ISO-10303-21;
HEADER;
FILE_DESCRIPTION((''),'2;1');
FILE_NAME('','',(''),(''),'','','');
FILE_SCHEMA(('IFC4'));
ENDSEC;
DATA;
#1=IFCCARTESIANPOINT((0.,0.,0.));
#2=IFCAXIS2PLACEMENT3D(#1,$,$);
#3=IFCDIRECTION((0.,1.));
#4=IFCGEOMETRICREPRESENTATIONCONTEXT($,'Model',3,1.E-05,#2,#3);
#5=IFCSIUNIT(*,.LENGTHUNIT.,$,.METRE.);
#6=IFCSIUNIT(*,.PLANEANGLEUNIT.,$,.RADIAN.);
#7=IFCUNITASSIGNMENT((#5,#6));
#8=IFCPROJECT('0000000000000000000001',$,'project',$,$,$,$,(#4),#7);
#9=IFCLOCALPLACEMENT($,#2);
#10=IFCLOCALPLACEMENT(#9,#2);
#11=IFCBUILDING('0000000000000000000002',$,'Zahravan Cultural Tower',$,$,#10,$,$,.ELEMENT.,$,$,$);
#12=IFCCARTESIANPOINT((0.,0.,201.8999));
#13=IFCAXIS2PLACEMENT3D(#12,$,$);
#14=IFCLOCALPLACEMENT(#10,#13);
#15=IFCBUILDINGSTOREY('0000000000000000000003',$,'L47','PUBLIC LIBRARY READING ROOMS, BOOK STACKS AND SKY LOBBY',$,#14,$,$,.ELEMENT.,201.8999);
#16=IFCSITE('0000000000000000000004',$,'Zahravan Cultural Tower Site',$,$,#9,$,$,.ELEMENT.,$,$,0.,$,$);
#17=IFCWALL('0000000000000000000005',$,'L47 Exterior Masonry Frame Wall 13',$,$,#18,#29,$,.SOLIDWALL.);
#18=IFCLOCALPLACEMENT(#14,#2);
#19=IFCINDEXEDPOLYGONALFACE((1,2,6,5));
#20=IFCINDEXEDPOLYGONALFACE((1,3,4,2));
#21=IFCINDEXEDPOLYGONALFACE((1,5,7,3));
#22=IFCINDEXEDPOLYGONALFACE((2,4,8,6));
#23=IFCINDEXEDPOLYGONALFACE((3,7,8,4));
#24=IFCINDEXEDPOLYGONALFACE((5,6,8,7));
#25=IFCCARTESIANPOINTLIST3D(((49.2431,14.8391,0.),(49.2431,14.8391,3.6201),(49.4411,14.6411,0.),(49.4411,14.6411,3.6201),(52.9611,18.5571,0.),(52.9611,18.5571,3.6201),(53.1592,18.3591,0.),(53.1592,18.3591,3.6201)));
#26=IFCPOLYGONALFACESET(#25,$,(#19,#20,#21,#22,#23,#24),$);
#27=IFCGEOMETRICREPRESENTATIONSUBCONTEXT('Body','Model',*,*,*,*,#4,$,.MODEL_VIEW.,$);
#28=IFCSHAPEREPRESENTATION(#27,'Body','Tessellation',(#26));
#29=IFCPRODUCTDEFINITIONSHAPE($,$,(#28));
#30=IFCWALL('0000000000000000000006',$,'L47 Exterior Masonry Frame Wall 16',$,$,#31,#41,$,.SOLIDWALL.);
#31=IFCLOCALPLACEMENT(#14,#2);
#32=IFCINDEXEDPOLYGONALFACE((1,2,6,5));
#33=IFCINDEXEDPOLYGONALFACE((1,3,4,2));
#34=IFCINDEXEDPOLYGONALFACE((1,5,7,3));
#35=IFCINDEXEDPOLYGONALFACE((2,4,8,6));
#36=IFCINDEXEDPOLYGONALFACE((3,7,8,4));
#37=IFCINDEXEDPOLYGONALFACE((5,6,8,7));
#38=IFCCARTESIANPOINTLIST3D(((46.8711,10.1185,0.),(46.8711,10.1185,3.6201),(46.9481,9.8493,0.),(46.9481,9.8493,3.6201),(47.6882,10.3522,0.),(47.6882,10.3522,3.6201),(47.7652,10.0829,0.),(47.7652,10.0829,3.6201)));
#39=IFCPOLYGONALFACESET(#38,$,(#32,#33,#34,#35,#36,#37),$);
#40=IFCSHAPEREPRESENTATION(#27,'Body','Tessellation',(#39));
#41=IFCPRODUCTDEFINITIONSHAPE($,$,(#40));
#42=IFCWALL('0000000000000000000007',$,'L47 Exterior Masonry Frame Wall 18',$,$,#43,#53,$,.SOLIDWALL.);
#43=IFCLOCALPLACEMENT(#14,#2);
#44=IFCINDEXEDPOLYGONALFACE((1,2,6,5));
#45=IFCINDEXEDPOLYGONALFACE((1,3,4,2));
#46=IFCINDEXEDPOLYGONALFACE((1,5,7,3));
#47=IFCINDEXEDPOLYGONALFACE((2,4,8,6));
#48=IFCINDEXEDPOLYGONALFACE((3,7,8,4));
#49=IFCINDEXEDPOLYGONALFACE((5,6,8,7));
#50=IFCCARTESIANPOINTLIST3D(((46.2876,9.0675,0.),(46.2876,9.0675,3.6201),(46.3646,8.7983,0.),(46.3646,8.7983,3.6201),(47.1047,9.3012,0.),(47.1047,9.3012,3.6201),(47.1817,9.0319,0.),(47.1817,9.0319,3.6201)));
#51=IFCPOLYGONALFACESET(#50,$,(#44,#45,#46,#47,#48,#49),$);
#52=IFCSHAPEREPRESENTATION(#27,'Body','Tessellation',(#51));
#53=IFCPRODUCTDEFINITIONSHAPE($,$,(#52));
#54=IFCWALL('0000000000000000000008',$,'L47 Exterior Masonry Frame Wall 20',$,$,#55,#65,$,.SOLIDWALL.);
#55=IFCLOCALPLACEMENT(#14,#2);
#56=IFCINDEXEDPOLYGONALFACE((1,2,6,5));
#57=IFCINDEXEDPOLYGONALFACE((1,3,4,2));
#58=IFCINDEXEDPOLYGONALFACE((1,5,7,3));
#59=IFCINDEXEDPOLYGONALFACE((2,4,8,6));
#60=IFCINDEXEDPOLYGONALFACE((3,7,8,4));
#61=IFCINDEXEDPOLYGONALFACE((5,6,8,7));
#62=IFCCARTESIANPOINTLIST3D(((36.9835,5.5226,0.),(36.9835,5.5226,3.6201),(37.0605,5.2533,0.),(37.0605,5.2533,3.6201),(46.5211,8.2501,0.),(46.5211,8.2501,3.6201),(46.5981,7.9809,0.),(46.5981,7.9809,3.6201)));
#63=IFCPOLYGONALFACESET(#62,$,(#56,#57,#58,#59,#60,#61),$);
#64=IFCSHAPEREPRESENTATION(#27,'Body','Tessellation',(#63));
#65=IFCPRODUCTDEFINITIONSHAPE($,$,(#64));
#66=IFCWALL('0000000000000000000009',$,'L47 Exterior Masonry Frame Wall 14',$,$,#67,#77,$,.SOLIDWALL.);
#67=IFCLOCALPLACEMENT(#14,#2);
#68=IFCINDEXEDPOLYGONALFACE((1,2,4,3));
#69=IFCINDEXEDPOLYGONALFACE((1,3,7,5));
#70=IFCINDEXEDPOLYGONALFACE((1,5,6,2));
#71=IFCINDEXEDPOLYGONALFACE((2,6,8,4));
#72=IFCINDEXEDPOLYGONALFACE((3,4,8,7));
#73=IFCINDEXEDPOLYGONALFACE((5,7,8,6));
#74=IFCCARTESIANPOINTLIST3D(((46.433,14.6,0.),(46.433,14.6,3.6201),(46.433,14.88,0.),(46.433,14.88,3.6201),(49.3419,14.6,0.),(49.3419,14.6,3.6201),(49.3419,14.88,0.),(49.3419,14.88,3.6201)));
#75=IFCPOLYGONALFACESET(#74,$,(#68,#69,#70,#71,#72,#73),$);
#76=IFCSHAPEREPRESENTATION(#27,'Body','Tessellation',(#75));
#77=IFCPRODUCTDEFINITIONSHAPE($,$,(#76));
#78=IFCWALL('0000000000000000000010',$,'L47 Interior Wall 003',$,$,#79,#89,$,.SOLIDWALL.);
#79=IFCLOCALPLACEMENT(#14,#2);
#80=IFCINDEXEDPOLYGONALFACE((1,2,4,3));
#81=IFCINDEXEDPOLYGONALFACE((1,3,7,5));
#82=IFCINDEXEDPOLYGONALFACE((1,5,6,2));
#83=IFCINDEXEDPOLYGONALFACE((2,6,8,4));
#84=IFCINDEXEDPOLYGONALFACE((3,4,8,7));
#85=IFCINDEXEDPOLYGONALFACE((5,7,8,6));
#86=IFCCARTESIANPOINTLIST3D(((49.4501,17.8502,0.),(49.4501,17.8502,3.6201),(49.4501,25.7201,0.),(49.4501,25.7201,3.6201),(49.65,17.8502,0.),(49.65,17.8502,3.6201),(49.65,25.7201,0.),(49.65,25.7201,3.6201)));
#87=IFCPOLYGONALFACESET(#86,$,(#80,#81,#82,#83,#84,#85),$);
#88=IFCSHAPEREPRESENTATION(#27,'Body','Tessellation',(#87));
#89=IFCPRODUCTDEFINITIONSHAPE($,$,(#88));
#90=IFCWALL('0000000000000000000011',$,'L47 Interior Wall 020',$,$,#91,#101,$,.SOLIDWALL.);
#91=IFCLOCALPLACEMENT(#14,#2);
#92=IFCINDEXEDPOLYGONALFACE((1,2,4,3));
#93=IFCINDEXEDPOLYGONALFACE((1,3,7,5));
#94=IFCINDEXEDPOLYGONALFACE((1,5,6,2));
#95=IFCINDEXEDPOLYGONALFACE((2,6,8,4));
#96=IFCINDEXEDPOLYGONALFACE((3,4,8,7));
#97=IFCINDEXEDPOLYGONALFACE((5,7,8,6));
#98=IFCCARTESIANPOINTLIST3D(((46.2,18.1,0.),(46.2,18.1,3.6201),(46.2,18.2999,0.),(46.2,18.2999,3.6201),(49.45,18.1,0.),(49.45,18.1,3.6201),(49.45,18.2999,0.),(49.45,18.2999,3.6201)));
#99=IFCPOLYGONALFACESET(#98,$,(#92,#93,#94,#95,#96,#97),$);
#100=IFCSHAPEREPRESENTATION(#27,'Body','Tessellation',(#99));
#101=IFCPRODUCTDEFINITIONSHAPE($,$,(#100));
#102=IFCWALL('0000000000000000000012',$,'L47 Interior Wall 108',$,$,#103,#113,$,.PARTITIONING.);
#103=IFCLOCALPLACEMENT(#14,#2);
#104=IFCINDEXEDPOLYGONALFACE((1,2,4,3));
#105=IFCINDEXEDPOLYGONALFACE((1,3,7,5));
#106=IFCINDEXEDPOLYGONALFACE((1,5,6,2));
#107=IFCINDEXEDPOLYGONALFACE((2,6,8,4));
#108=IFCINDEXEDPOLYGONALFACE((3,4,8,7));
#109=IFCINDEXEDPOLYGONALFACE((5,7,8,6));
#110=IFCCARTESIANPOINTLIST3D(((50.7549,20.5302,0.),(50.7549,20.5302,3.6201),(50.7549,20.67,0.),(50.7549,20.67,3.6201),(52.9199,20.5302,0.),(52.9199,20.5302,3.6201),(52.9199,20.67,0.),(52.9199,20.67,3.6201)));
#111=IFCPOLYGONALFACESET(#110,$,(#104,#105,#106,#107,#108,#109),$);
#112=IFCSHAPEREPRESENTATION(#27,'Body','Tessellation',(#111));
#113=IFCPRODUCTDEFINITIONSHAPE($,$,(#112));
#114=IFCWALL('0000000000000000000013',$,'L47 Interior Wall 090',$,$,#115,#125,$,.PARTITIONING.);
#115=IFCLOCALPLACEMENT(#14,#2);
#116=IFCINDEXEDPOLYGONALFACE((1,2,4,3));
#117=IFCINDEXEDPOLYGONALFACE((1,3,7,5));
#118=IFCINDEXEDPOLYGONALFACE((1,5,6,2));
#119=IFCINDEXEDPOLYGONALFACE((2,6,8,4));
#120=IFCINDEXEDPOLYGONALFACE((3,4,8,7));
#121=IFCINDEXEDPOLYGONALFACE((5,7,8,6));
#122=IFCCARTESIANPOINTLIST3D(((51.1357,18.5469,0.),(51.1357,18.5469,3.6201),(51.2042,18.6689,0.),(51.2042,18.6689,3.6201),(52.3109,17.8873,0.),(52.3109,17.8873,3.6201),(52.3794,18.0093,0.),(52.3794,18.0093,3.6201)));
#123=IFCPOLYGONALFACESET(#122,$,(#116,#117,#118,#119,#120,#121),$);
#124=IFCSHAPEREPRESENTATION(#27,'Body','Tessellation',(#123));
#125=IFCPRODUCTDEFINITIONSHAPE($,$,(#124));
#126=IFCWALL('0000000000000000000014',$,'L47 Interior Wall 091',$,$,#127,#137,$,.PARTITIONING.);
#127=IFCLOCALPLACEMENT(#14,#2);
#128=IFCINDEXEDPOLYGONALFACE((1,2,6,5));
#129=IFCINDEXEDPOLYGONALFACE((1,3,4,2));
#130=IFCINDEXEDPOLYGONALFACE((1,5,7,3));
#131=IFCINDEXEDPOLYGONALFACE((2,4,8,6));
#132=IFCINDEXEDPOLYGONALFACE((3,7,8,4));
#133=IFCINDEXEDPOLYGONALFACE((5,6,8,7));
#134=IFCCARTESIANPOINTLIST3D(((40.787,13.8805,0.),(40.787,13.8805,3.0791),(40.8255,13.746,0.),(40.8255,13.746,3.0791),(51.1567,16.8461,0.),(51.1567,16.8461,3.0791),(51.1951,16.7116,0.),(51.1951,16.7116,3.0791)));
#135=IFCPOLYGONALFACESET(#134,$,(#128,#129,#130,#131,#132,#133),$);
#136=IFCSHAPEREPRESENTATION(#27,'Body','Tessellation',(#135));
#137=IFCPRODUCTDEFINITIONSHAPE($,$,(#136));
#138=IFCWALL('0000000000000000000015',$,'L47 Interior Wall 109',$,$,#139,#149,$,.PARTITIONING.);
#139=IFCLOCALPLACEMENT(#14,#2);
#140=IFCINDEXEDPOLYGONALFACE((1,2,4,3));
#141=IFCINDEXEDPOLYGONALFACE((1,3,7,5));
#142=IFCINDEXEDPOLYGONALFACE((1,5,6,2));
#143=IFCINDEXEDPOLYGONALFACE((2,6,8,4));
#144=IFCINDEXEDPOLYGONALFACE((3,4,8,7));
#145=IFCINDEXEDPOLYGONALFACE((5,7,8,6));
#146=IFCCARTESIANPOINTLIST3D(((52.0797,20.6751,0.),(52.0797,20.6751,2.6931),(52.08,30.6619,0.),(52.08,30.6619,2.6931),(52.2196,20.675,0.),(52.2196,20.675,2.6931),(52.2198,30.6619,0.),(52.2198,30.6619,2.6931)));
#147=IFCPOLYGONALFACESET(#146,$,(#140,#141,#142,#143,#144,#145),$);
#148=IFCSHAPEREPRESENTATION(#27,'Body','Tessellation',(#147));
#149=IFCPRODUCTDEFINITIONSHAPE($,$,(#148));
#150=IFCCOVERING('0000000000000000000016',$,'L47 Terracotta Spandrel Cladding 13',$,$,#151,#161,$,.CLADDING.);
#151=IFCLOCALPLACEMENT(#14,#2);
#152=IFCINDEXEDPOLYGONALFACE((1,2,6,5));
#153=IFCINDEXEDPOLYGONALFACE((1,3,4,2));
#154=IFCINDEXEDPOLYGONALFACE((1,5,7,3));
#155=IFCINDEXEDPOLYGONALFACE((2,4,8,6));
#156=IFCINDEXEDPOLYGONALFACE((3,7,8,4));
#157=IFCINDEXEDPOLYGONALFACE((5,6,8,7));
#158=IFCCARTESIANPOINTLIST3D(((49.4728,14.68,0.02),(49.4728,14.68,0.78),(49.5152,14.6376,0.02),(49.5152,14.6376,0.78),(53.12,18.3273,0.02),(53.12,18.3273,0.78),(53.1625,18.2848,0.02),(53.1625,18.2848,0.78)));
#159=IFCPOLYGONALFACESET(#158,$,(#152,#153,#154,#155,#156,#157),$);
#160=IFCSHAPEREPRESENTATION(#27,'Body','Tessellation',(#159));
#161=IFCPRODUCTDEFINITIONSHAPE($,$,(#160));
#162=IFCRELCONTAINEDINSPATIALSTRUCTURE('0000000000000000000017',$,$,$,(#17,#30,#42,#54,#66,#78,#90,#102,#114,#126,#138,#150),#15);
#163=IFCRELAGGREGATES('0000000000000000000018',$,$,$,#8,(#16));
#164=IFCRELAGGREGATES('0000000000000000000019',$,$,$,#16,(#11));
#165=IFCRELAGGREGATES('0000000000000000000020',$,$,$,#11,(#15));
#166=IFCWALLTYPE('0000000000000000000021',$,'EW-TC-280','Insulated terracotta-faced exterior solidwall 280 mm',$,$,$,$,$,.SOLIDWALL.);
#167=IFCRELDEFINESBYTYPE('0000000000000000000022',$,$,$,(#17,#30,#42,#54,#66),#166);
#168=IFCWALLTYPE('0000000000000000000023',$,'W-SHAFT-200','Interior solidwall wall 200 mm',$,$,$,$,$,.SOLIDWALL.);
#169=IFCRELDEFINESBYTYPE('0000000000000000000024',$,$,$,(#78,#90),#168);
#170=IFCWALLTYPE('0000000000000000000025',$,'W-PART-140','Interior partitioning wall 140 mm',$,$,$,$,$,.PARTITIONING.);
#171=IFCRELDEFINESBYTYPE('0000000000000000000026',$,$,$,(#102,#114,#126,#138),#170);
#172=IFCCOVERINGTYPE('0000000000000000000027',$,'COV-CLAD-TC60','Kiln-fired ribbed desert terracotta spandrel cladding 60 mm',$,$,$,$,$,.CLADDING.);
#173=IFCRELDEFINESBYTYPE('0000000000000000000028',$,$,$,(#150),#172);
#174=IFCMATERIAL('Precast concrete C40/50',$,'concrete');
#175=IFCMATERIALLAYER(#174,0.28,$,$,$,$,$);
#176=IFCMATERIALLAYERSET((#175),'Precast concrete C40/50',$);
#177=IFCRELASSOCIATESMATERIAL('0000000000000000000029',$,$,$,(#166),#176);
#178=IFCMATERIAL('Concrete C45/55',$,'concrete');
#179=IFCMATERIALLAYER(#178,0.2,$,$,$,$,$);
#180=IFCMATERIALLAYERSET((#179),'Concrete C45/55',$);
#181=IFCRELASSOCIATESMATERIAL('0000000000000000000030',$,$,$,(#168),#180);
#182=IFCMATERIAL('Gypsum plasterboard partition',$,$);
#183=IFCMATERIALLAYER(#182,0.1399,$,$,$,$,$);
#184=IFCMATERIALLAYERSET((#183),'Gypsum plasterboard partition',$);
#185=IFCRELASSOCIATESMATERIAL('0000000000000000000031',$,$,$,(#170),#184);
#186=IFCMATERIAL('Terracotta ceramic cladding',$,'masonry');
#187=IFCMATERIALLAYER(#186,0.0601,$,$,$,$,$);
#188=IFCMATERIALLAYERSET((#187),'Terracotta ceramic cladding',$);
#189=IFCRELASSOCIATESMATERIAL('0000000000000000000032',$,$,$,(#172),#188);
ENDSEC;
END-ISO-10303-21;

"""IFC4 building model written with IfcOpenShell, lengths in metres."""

from ifc_helpers import new_model, si_unit, direction, frame, frame_2d, origin, origin_2d, place, context, subcontext, project, spatial, rectangle, extrude, source, transform, mapped, material, layer, layer_set, type_object, element, save


model = new_model("IFC4")

# Units and contexts
model_context = context("Model", 3, precision=1e-05, world=origin(), true_north=direction((0.0, 1.0)))
body_context = subcontext(model_context, "Body", "Model", "MODEL_VIEW")
ifc_project = project(units=[si_unit("LENGTHUNIT", "METRE"), si_unit("PLANEANGLEUNIT", "RADIAN")], contexts=[model_context])

# Site, building, storey
site_placement = place(None, origin())
site = spatial("IfcSite", under=ifc_project, at=site_placement, Name="Zahravan Cultural Tower Site", CompositionType="ELEMENT", RefElevation=0.0)
building_placement = place(site_placement, origin())
building = spatial("IfcBuilding", under=site, at=building_placement, Name="Zahravan Cultural Tower", CompositionType="ELEMENT")
storey_placement = place(building_placement, frame((0.0, 0.0, 201.8999)))
storey = spatial("IfcBuildingStorey", under=building, at=storey_placement, Name="L47", Description="PUBLIC LIBRARY READING ROOMS, BOOK STACKS AND SKY LOBBY", CompositionType="ELEMENT", Elevation=201.8999)

# Shared definitions
ifc_material_1 = material(Name="Precast concrete C40/50", Category="concrete")
ifc_layer_1 = layer(ifc_material_1, 0.28)
ifc_layer_set_1 = layer_set([ifc_layer_1], Name="Precast concrete C40/50")
wall_type_1 = type_object("IfcWallType", Name="EW-TC-280", Description="Insulated terracotta-faced exterior solidwall 280 mm", PredefinedType="SOLIDWALL", material=ifc_layer_set_1)

# Shared definitions
ifc_material_2 = material(Name="Concrete C45/55", Category="concrete")
ifc_layer_2 = layer(ifc_material_2, 0.2)
ifc_layer_set_2 = layer_set([ifc_layer_2], Name="Concrete C45/55")
wall_type_2 = type_object("IfcWallType", Name="W-SHAFT-200", Description="Interior solidwall wall 200 mm", PredefinedType="SOLIDWALL", material=ifc_layer_set_2)

# Walls
shared_shape_1 = source(origin(), body_context, "Body", "SweptSolid", [
    extrude(rectangle(XDim=5.2581, YDim=0.28, at=frame_2d((2.6289, 0.0))), origin(), (0.0, 0.0, 1.0), 3.6201),
])
wall_1_placement = place(storey_placement, frame((53.0601, 18.458, 0.0), z_axis=(0.0, 0.0, 1.0), x_axis=(-0.707107, -0.707107, 0.0)))
element("IfcWall", 1, at=wall_1_placement, inside=storey, type_object=wall_type_1, Name="L47 Exterior Masonry Frame Wall 13", PredefinedType="SOLIDWALL", context=body_context, shape_type="MappedRepresentation", body=[
    mapped(shared_shape_1, transform((0.0, 0.0, 0.0), x_axis=(1.0, 0.0, 0.0), y_axis=(0.0, 1.0, 0.0), z_axis=(0.0, 0.0, 1.0), scale=1.0)),
])
shared_shape_2 = source(origin(), body_context, "Body", "SweptSolid", [
    extrude(rectangle(XDim=0.8499, YDim=0.28, at=frame_2d((0.4248, 0.0))), origin(), (0.0, 0.0, 1.0), 3.6201),
])
for number, where, z_axis, x_axis, name in (
    (2, (47.7266, 10.2175, 0.0), (0.0, 0.0, 1.0), (-0.96147, -0.274911, 0.0), "L47 Exterior Masonry Frame Wall 16"),
    (3, (47.1431, 9.1665, 0.0), (0.0, 0.0, 1.0), (-0.96147, -0.274911, 0.0), "L47 Exterior Masonry Frame Wall 18"),
):
    element("IfcWall", number, at=place(storey_placement, frame(where, z_axis=z_axis, x_axis=x_axis)), inside=storey, type_object=wall_type_1, Name=name, PredefinedType="SOLIDWALL", context=body_context, shape_type="MappedRepresentation", body=[
        mapped(shared_shape_2, transform((0.0, 0.0, 0.0), x_axis=(1.0, 0.0, 0.0), y_axis=(0.0, 1.0, 0.0), z_axis=(0.0, 0.0, 1.0), scale=1.0)),
    ])
shared_shape_3 = source(origin(), body_context, "Body", "SweptSolid", [
    extrude(rectangle(XDim=9.9199, YDim=0.28, at=frame_2d((4.96, 0.0))), origin(), (0.0, 0.0, 1.0), 3.6201),
])
wall_2_placement = place(storey_placement, frame((46.5596, 8.1155, 0.0), z_axis=(0.0, 0.0, 1.0), x_axis=(-0.961457, -0.274955, 0.0)))
element("IfcWall", 4, at=wall_2_placement, inside=storey, type_object=wall_type_1, Name="L47 Exterior Masonry Frame Wall 20", PredefinedType="SOLIDWALL", context=body_context, shape_type="MappedRepresentation", body=[
    mapped(shared_shape_3, transform((0.0, 0.0, 0.0), x_axis=(1.0, 0.0, 0.0), y_axis=(0.0, 1.0, 0.0), z_axis=(0.0, 0.0, 1.0), scale=1.0)),
])
shared_shape_4 = source(origin(), body_context, "Body", "SweptSolid", [
    extrude(rectangle(XDim=2.9089, YDim=0.28, at=frame_2d((1.4546, 0.0))), origin(), (0.0, 0.0, 1.0), 3.6201),
])
wall_3_placement = place(storey_placement, frame((49.342, 14.74, 0.0), z_axis=(0.0, 0.0, 1.0), x_axis=(-1.0, 0.0, 0.0)))
element("IfcWall", 5, at=wall_3_placement, inside=storey, type_object=wall_type_1, Name="L47 Exterior Masonry Frame Wall 14", PredefinedType="SOLIDWALL", context=body_context, shape_type="MappedRepresentation", body=[
    mapped(shared_shape_4, transform((0.0, 0.0, 0.0), x_axis=(1.0, 0.0, 0.0), y_axis=(0.0, 1.0, 0.0), z_axis=(0.0, 0.0, 1.0), scale=1.0)),
])
shared_shape_5 = source(origin(), body_context, "Body", "SweptSolid", [
    extrude(rectangle(XDim=7.8699, YDim=0.2, at=frame_2d((3.9351, 0.0))), origin(), (0.0, 0.0, 1.0), 3.6201),
])
wall_4_placement = place(storey_placement, frame((49.55, 17.8501, 0.0), z_axis=(0.0, 0.0, 1.0), x_axis=(0.0, 1.0, 0.0)))
element("IfcWall", 6, at=wall_4_placement, inside=storey, type_object=wall_type_2, Name="L47 Interior Wall 003", PredefinedType="SOLIDWALL", context=body_context, shape_type="MappedRepresentation", body=[
    mapped(shared_shape_5, transform((0.0, 0.0, 0.0), x_axis=(1.0, 0.0, 0.0), y_axis=(0.0, 1.0, 0.0), z_axis=(0.0, 0.0, 1.0), scale=1.0)),
])
shared_shape_6 = source(origin(), body_context, "Body", "SweptSolid", [
    extrude(rectangle(XDim=3.25, YDim=0.2, at=frame_2d((1.625, 0.0))), origin(), (0.0, 0.0, 1.0), 3.6201),
])
wall_5_placement = place(storey_placement, frame((46.2, 18.2, 0.0), z_axis=(0.0, 0.0, 1.0), x_axis=(1.0, 0.0, 0.0)))
element("IfcWall", 7, at=wall_5_placement, inside=storey, type_object=wall_type_2, Name="L47 Interior Wall 020", PredefinedType="SOLIDWALL", context=body_context, shape_type="MappedRepresentation", body=[
    mapped(shared_shape_6, transform((0.0, 0.0, 0.0), x_axis=(1.0, 0.0, 0.0), y_axis=(0.0, 1.0, 0.0), z_axis=(0.0, 0.0, 1.0), scale=1.0)),
])
ifc_material_3 = material(Name="Gypsum plasterboard partition")
ifc_layer_3 = layer(ifc_material_3, 0.1399)
ifc_layer_set_3 = layer_set([ifc_layer_3], Name="Gypsum plasterboard partition")
wall_type_3 = type_object("IfcWallType", Name="W-PART-140", Description="Interior partitioning wall 140 mm", PredefinedType="PARTITIONING", material=ifc_layer_set_3)
shared_shape_7 = source(origin(), body_context, "Body", "SweptSolid", [
    extrude(rectangle(XDim=2.165, YDim=0.1399, at=frame_2d((1.0825, 0.0))), origin(), (0.0, 0.0, 1.0), 3.6201),
])
wall_6_placement = place(storey_placement, frame((50.7549, 20.6001, 0.0), z_axis=(0.0, 0.0, 1.0), x_axis=(1.0, 0.0, 0.0)))
element("IfcWall", 8, at=wall_6_placement, inside=storey, type_object=wall_type_3, Name="L47 Interior Wall 108", PredefinedType="PARTITIONING", context=body_context, shape_type="MappedRepresentation", body=[
    mapped(shared_shape_7, transform((0.0, 0.0, 0.0), x_axis=(1.0, 0.0, 0.0), y_axis=(0.0, 1.0, 0.0), z_axis=(0.0, 0.0, 1.0), scale=1.0)),
])
shared_shape_8 = source(origin(), body_context, "Body", "SweptSolid", [
    extrude(rectangle(XDim=1.3477, YDim=0.1399, at=frame_2d((0.6738, 0.0))), origin(), (0.0, 0.0, 1.0), 3.6201),
])
wall_7_placement = place(storey_placement, frame((51.1699, 18.6079, 0.0), z_axis=(0.0, 0.0, 1.0), x_axis=(0.87203, -0.489453, 0.0)))
element("IfcWall", 9, at=wall_7_placement, inside=storey, type_object=wall_type_3, Name="L47 Interior Wall 090", PredefinedType="PARTITIONING", context=body_context, shape_type="MappedRepresentation", body=[
    mapped(shared_shape_8, transform((0.0, 0.0, 0.0), x_axis=(1.0, 0.0, 0.0), y_axis=(0.0, 1.0, 0.0), z_axis=(0.0, 0.0, 1.0), scale=1.0)),
])
shared_shape_9 = source(origin(), body_context, "Body", "SweptSolid", [
    extrude(rectangle(XDim=10.7854, YDim=0.1399, at=frame_2d((5.3926, 0.0))), origin(), (0.0, 0.0, 1.0), 3.0791),
])
wall_8_placement = place(storey_placement, frame((51.1758, 16.7788, 0.0), z_axis=(0.0, 0.0, 1.0), x_axis=(-0.961455, -0.274963, 0.0)))
element("IfcWall", 10, at=wall_8_placement, inside=storey, type_object=wall_type_3, Name="L47 Interior Wall 091", PredefinedType="PARTITIONING", context=body_context, shape_type="MappedRepresentation", body=[
    mapped(shared_shape_9, transform((0.0, 0.0, 0.0), x_axis=(1.0, 0.0, 0.0), y_axis=(0.0, 1.0, 0.0), z_axis=(0.0, 0.0, 1.0), scale=1.0)),
])
shared_shape_10 = source(origin(), body_context, "Body", "SweptSolid", [
    extrude(rectangle(XDim=9.9868, YDim=0.1399, at=frame_2d((4.9934, 0.0))), origin(), (0.0, 0.0, 1.0), 2.6931),
])
wall_9_placement = place(storey_placement, frame((52.1497, 20.675, 0.0), z_axis=(0.0, 0.0, 1.0), x_axis=(0.000024, 1.0, 0.0)))
element("IfcWall", 11, at=wall_9_placement, inside=storey, type_object=wall_type_3, Name="L47 Interior Wall 109", PredefinedType="PARTITIONING", context=body_context, shape_type="MappedRepresentation", body=[
    mapped(shared_shape_10, transform((0.0, 0.0, 0.0), x_axis=(1.0, 0.0, 0.0), y_axis=(0.0, 1.0, 0.0), z_axis=(0.0, 0.0, 1.0), scale=1.0)),
])

# Covering
ifc_material_4 = material(Name="Terracotta ceramic cladding", Category="masonry")
ifc_layer_4 = layer(ifc_material_4, 0.0601)
ifc_layer_set_4 = layer_set([ifc_layer_4], Name="Terracotta ceramic cladding")
covering_type = type_object("IfcCoveringType", Name="COV-CLAD-TC60", Description="Kiln-fired ribbed desert terracotta spandrel cladding 60 mm", PredefinedType="CLADDING", material=ifc_layer_set_4)
shared_shape_11 = source(origin(), body_context, "Body", "SweptSolid", [
    extrude(rectangle(XDim=5.158, YDim=0.0601, at=origin_2d()), origin(), (0.0, 0.0, 1.0), 0.76),
])
covering_1_placement = place(storey_placement, frame((51.3176, 16.4824, 0.02), z_axis=(0.0, 0.0, 1.0), x_axis=(-0.707107, -0.707107, 0.0)))
element("IfcCovering", 12, at=covering_1_placement, inside=storey, type_object=covering_type, Name="L47 Terracotta Spandrel Cladding 13", PredefinedType="CLADDING", context=body_context, shape_type="MappedRepresentation", body=[
    mapped(shared_shape_11, transform((0.0, 0.0, 0.0), x_axis=(1.0, 0.0, 0.0), y_axis=(0.0, 1.0, 0.0), z_axis=(0.0, 0.0, 1.0), scale=1.0)),
])

save(model, "model.ifc")
